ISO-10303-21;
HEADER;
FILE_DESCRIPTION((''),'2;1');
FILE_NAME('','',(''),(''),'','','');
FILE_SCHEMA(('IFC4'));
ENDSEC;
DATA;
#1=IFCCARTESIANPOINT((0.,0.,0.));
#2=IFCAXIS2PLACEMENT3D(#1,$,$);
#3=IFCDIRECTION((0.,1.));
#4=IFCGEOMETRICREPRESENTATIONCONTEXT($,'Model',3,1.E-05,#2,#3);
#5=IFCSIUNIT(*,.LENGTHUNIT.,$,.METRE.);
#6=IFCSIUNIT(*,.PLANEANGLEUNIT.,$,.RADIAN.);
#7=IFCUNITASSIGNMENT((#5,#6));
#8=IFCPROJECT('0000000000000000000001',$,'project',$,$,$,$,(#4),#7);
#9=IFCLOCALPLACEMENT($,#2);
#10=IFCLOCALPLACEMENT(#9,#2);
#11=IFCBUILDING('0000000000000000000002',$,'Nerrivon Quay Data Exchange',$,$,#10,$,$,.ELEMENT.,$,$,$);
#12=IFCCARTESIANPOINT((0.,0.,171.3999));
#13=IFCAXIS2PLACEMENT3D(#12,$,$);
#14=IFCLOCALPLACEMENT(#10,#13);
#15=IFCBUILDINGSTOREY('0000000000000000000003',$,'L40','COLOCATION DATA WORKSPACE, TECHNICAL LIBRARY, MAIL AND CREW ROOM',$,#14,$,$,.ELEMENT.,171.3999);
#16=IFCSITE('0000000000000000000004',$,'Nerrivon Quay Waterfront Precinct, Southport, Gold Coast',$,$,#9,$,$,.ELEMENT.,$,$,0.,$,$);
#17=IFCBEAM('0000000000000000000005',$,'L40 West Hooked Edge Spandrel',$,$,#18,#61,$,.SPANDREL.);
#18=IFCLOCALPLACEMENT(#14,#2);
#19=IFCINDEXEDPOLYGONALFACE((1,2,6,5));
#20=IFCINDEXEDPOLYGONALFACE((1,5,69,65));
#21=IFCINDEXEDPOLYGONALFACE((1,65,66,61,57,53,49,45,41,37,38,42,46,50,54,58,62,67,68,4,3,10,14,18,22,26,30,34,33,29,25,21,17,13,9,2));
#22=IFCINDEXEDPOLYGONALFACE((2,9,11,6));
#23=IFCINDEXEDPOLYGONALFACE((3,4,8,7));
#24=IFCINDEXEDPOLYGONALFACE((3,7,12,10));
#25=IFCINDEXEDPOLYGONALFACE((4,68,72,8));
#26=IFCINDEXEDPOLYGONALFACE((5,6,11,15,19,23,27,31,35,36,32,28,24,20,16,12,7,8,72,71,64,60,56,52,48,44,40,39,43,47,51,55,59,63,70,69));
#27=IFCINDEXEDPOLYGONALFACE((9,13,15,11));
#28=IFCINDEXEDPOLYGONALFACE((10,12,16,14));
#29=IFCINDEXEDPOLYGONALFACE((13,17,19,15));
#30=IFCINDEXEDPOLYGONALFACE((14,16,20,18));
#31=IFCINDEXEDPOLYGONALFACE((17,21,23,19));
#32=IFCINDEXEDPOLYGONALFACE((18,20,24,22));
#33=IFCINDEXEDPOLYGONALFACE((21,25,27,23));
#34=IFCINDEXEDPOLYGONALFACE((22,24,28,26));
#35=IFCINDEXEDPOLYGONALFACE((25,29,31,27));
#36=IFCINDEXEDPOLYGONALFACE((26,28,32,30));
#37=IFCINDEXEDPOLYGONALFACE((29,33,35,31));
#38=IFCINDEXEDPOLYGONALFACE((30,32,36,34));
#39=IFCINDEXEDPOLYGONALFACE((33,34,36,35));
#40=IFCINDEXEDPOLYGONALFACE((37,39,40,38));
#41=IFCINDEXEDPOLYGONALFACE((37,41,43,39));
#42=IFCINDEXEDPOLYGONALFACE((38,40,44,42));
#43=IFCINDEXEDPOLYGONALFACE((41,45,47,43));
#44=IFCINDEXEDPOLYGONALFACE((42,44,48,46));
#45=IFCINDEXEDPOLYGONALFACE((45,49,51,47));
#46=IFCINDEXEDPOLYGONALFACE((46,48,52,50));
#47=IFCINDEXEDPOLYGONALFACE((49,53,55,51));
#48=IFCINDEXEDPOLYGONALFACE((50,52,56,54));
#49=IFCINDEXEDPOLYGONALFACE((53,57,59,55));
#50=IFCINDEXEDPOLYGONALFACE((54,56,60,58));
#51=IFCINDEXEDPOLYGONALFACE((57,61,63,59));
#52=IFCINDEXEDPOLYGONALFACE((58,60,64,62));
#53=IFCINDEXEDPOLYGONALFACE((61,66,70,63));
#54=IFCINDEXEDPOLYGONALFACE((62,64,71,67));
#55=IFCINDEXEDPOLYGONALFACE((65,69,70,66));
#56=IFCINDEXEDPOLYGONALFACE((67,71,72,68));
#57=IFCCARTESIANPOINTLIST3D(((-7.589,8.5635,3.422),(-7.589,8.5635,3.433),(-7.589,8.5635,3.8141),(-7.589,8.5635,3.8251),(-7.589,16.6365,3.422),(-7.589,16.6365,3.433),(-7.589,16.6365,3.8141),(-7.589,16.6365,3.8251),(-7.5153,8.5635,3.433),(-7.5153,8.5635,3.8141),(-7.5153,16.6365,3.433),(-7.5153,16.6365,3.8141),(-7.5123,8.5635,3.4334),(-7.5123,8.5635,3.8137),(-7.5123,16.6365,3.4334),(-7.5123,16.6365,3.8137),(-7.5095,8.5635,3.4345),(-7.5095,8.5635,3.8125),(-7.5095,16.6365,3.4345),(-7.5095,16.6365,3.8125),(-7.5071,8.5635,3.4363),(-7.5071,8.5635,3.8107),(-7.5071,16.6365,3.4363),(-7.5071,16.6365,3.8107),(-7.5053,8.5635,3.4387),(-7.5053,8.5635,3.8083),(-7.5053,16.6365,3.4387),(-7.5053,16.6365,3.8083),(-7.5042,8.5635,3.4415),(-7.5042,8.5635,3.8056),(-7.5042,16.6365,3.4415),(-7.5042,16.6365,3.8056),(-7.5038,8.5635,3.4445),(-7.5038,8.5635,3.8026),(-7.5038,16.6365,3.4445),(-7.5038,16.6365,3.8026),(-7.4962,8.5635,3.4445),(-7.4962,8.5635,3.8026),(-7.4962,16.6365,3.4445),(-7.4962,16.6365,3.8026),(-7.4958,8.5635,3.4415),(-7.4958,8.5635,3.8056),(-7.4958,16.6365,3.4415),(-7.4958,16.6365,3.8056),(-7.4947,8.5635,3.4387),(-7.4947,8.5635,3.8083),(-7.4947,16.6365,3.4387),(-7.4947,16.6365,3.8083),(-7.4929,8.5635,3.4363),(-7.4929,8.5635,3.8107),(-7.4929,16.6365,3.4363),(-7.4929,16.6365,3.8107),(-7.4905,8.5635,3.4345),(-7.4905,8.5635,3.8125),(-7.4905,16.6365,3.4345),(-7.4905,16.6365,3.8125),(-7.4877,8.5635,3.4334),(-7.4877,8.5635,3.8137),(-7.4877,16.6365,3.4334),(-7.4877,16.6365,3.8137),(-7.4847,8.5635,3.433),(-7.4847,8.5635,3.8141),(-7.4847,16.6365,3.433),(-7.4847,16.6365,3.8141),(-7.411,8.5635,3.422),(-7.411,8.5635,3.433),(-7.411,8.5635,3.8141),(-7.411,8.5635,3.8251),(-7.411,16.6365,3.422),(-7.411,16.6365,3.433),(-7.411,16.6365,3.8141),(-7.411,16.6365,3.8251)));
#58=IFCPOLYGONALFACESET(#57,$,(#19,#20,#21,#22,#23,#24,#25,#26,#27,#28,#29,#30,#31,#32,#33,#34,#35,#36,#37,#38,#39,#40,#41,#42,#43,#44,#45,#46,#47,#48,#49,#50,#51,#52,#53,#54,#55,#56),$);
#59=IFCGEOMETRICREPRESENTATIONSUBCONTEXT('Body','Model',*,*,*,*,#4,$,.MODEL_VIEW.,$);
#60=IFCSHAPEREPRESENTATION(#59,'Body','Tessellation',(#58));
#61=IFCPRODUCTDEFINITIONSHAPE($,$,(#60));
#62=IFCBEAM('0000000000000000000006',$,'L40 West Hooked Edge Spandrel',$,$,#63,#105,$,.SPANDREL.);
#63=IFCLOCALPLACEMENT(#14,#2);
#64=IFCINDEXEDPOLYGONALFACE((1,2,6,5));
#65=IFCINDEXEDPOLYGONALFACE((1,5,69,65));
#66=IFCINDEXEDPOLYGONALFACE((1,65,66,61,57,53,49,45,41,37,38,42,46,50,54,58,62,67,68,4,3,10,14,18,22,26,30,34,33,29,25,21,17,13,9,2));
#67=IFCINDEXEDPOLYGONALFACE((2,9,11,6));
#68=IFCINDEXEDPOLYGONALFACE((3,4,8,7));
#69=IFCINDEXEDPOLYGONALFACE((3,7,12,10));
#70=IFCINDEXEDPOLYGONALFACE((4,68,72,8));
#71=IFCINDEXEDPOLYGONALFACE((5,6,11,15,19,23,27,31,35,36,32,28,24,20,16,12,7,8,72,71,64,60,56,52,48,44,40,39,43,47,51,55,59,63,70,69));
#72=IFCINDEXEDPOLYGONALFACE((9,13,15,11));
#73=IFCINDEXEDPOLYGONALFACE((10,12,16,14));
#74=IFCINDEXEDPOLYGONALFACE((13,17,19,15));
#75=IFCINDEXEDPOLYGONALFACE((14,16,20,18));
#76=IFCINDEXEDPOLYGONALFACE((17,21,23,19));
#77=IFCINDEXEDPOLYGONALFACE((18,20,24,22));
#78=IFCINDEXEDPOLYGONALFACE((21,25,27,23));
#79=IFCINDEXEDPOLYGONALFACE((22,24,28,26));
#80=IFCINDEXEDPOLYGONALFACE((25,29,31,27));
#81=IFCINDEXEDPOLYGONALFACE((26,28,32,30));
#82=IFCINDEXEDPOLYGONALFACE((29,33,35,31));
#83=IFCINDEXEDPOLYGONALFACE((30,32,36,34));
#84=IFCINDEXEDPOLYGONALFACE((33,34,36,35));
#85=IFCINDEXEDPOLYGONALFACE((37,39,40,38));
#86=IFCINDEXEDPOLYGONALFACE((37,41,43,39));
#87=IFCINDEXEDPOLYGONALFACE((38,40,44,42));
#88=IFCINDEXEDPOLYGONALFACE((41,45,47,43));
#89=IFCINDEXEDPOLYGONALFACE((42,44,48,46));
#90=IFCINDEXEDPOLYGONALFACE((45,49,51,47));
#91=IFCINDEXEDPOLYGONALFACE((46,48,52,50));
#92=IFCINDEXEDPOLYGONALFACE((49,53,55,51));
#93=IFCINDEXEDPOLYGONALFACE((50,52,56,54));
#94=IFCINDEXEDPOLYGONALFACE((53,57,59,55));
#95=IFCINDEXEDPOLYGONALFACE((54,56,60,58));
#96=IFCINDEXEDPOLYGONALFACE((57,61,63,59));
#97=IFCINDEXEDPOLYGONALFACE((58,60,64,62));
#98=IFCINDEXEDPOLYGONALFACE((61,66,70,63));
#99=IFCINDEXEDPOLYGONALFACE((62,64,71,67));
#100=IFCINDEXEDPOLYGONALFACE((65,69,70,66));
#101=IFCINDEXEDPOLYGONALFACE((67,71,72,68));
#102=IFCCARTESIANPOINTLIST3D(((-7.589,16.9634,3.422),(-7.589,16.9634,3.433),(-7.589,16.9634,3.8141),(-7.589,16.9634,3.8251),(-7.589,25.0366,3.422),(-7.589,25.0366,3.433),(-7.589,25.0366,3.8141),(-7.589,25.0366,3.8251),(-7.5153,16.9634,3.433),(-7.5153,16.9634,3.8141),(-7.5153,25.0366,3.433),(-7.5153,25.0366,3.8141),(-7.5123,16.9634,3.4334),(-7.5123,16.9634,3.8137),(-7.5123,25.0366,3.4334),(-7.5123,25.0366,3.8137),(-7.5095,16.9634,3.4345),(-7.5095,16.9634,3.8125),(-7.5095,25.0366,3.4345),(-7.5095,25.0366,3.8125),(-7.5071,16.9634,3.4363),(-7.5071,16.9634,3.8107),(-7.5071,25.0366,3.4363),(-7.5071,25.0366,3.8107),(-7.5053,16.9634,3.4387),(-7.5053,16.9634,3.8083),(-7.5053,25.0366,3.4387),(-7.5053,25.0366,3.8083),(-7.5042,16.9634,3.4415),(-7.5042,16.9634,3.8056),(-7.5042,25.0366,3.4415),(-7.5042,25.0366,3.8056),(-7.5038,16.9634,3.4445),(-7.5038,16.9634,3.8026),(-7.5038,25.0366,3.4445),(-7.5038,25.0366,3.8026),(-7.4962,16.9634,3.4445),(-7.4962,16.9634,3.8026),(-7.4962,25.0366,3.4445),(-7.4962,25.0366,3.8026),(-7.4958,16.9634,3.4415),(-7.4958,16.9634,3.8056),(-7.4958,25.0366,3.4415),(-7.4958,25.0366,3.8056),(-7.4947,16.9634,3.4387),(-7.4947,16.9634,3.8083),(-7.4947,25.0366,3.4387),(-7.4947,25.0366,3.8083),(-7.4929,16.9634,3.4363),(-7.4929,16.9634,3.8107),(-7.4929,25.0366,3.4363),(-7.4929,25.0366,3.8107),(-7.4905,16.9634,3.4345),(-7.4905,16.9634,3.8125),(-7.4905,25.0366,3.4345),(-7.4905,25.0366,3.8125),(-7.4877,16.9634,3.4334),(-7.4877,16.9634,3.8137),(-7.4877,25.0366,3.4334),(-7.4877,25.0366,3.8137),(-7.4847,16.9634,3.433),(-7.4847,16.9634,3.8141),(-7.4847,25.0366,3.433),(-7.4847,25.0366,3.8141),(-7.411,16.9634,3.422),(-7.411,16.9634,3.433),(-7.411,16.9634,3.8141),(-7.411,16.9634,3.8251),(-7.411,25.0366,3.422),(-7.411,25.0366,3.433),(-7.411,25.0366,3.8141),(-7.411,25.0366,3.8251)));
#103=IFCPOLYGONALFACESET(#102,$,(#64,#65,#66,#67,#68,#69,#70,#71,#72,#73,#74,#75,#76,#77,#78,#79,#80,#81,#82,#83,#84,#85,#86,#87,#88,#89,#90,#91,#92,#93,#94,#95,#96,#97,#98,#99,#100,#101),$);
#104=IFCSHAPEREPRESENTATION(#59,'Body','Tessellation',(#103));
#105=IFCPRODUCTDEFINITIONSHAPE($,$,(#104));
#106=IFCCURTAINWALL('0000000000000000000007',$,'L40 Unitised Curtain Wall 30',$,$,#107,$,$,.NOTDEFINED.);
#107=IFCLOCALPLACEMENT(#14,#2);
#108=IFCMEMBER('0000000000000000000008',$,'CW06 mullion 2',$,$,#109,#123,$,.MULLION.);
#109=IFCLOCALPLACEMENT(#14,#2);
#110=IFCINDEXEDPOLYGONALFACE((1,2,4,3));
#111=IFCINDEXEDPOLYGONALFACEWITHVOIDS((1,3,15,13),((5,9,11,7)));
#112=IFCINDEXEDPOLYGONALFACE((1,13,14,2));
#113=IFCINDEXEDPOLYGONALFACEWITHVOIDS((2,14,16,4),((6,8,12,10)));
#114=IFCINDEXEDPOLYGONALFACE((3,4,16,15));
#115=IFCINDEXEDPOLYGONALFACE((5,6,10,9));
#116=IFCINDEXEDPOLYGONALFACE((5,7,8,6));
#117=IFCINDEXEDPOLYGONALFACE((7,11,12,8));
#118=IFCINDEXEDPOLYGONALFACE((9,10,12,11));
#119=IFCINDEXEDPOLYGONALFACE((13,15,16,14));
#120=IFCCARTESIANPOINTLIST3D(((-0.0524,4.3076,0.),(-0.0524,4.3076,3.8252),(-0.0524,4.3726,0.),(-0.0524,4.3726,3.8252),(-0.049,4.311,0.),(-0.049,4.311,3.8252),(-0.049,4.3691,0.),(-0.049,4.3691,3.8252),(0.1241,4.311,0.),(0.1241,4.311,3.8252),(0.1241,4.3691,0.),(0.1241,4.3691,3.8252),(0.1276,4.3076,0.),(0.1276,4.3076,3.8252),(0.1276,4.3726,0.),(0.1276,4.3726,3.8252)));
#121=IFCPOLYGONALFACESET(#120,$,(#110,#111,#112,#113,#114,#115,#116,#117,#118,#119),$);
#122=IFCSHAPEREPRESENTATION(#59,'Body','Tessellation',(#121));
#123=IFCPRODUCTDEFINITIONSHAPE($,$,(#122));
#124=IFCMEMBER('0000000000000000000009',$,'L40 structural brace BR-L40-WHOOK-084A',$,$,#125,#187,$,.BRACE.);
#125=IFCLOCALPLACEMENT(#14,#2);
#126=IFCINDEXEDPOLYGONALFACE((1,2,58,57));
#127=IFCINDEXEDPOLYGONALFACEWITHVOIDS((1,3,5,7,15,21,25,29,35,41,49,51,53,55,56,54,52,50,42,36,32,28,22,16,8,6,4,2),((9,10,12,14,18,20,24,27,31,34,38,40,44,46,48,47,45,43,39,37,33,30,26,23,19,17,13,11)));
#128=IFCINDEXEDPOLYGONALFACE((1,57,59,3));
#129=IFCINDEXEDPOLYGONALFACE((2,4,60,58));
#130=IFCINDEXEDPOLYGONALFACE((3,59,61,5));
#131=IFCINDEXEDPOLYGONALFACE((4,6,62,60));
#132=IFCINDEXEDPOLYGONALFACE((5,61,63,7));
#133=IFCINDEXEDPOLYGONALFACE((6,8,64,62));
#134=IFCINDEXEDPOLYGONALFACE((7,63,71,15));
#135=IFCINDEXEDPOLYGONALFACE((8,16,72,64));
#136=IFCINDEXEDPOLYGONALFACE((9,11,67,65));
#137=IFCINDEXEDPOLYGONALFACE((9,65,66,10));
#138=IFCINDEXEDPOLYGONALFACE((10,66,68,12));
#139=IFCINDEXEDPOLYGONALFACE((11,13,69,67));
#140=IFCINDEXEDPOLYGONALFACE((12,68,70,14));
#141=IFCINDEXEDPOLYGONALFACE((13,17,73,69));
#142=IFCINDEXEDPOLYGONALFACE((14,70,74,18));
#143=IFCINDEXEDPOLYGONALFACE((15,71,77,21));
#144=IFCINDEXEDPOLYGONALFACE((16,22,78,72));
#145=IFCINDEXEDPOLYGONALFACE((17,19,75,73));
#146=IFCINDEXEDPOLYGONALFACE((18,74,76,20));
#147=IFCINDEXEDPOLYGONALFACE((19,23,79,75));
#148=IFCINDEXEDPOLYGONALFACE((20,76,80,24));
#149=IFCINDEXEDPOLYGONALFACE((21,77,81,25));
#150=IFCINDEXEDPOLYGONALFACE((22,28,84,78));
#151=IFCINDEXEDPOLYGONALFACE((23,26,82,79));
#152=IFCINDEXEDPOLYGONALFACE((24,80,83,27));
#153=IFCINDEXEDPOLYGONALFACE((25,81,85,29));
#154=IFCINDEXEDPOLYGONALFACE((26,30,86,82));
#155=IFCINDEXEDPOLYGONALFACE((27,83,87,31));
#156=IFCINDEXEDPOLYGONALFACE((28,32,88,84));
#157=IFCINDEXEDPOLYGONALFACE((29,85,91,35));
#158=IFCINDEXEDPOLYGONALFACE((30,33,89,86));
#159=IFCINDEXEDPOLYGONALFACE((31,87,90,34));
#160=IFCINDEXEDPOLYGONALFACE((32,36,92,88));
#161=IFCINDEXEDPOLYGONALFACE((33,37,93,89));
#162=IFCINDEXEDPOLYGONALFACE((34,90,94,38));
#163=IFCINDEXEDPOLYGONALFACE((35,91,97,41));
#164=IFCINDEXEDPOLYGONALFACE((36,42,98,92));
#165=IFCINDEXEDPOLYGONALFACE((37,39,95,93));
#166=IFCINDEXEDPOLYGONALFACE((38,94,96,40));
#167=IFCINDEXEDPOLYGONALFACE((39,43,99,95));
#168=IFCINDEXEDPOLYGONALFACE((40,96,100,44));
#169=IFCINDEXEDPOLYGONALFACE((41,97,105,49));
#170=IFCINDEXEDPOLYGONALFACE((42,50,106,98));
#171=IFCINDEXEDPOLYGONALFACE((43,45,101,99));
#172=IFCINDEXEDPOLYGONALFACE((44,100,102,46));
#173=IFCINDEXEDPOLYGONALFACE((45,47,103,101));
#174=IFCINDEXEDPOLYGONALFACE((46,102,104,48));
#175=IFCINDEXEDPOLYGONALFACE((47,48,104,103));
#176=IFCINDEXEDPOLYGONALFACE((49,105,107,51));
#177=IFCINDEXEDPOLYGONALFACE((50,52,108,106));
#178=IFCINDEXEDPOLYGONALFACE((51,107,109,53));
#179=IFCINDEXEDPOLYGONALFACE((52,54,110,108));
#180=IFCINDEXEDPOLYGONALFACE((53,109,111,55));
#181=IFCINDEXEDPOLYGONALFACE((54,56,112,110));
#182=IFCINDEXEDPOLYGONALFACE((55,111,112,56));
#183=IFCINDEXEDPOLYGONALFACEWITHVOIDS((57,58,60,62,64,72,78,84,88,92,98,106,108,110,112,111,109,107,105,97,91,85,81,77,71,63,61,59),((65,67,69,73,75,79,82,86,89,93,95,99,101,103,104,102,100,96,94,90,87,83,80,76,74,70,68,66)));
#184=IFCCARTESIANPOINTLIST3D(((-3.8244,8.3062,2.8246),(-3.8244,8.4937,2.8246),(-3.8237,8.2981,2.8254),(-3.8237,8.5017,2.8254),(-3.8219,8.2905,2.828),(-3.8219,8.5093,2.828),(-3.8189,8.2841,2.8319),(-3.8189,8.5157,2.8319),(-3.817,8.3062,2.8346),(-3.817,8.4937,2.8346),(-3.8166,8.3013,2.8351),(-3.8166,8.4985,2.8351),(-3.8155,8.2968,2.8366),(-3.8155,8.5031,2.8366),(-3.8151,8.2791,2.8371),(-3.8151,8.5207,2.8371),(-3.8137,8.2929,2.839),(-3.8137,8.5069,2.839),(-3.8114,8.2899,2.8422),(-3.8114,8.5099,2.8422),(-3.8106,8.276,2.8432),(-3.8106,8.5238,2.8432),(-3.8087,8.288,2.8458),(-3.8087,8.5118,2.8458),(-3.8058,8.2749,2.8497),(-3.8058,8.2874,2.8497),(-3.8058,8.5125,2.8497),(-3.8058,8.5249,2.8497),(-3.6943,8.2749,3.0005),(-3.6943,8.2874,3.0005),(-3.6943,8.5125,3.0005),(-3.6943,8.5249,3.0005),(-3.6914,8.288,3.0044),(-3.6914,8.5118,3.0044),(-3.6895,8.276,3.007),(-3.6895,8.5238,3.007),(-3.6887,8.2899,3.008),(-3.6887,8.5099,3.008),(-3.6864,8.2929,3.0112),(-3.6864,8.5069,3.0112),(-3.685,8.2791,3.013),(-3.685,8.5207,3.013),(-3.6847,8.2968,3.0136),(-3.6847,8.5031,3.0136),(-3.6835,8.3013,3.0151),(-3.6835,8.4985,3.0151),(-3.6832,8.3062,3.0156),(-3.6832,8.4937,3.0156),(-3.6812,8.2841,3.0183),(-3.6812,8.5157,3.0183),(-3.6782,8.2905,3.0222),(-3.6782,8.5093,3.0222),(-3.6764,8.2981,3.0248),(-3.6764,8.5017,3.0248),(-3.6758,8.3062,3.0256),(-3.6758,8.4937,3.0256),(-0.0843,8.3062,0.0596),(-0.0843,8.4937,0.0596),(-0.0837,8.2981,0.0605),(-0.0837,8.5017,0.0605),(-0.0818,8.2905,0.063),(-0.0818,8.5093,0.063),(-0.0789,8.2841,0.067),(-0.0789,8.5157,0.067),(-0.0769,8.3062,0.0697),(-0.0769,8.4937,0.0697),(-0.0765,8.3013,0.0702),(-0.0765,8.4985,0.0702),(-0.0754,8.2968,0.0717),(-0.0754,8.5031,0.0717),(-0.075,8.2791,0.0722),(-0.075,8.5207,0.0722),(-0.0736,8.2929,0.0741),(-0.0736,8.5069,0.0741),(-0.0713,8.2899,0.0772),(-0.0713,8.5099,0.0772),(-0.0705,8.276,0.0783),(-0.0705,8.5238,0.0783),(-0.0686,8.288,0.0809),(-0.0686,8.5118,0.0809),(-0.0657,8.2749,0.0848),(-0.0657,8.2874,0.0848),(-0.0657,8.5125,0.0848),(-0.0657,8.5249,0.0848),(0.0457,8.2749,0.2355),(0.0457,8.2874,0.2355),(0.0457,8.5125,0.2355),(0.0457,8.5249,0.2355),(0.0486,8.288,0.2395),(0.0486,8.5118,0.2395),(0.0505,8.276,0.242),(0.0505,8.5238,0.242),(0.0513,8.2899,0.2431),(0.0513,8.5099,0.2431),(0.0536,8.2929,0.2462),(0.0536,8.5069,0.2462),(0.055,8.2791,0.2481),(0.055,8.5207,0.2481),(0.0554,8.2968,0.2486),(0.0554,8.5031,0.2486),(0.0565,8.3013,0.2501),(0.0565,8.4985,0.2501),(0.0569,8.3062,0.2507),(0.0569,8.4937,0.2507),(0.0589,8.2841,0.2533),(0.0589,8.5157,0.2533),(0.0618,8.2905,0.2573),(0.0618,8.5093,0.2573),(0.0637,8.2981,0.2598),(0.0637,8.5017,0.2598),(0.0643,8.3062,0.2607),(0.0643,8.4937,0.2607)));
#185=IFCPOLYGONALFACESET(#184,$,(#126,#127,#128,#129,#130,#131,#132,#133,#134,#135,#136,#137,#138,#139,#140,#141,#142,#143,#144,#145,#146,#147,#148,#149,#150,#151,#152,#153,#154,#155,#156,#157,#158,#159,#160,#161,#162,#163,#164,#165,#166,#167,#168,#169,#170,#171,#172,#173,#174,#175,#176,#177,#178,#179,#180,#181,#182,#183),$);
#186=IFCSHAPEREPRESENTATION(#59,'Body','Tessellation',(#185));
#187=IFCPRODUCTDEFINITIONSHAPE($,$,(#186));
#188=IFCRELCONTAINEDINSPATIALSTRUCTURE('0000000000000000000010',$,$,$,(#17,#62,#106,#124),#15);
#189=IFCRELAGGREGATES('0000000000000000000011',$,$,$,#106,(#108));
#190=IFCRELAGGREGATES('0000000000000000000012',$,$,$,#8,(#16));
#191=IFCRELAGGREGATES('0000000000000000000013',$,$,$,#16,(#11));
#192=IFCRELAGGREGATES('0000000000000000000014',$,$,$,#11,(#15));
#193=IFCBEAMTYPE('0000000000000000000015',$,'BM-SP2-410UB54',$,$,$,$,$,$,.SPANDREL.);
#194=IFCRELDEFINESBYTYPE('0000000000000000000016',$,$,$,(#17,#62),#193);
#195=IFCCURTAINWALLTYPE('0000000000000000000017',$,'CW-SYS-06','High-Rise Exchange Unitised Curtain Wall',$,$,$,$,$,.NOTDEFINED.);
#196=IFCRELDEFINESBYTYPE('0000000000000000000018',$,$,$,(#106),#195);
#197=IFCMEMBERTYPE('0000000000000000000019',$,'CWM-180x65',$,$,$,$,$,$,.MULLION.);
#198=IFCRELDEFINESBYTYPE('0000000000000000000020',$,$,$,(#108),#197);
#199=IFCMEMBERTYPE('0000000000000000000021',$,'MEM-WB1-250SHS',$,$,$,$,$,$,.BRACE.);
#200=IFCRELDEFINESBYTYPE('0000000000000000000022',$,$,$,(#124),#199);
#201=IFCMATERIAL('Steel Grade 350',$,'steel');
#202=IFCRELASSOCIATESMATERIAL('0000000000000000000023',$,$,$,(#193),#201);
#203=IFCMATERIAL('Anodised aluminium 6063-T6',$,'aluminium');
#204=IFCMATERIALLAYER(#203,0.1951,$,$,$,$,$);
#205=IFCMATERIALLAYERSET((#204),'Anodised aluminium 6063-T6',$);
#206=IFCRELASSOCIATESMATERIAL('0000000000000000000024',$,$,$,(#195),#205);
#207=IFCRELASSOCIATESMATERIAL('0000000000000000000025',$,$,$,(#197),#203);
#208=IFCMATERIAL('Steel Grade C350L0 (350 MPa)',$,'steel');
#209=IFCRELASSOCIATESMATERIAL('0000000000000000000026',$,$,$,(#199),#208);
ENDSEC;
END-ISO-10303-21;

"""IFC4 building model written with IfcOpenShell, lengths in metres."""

from ifc_helpers import new_model, si_unit, direction, frame, origin, origin_2d, place, context, subcontext, project, spatial, hollow_rectangle, i_section, extrude, material, layer, layer_set, material_profile, profile_set, type_object, element, aggregate, save


model = new_model("IFC4")

# Units and contexts
model_context = context("Model", 3, precision=1e-05, world=origin(), true_north=direction((0.0, 1.0)))
body_context = subcontext(model_context, "Body", "Model", "MODEL_VIEW")
ifc_project = project(units=[si_unit("LENGTHUNIT", "METRE"), si_unit("PLANEANGLEUNIT", "RADIAN")], contexts=[model_context])

# Site, building, storey
site_placement = place(None, origin())
site = spatial("IfcSite", under=ifc_project, at=site_placement, Name="Nerrivon Quay Waterfront Precinct, Southport, Gold Coast", CompositionType="ELEMENT", RefElevation=0.0)
building_placement = place(site_placement, origin())
building = spatial("IfcBuilding", under=site, at=building_placement, Name="Nerrivon Quay Data Exchange", CompositionType="ELEMENT")
storey_placement = place(building_placement, frame((0.0, 0.0, 171.3999)))
storey = spatial("IfcBuildingStorey", under=building, at=storey_placement, Name="L40", Description="COLOCATION DATA WORKSPACE, TECHNICAL LIBRARY, MAIL AND CREW ROOM", CompositionType="ELEMENT", Elevation=171.3999)

# Shared definitions
ifc_material_1 = material(Name="Steel Grade 350", Category="steel")

# Beams
ifc_material_profile_1 = material_profile(ifc_material_1, i_section(OverallWidth=0.178, OverallDepth=0.4031, WebThickness=0.0076, FlangeThickness=0.011, FilletRadius=0.0115, at=origin_2d()), Name="410UB53.7")
ifc_profile_set_1 = profile_set([ifc_material_profile_1], Name="Steel Grade 350")
beam_type_1 = type_object("IfcBeamType", Name="BM-SP2-410UB54", PredefinedType="SPANDREL", material=ifc_profile_set_1)
beam_1_placement = place(storey_placement, frame((-7.5, 8.5635, 3.6235), z_axis=(0.0, 1.0, 0.0), x_axis=(-1.0, 0.0, 0.0)))
element("IfcBeam", 1, at=beam_1_placement, inside=storey, type_object=beam_type_1, Name="L40 West Hooked Edge Spandrel", PredefinedType="SPANDREL", context=body_context, shape_type="SweptSolid", body=[
    extrude(i_section(OverallWidth=0.178, OverallDepth=0.4031, WebThickness=0.0076, FlangeThickness=0.011, FilletRadius=0.0115, at=origin_2d()), origin(), (0.0, 0.0, 1.0), 8.073),
])
beam_2_placement = place(storey_placement, frame((-7.5, 16.9634, 3.6235), z_axis=(0.0, 1.0, 0.0), x_axis=(-1.0, 0.0, 0.0)))
element("IfcBeam", 2, at=beam_2_placement, inside=storey, type_object=beam_type_1, Name="L40 West Hooked Edge Spandrel", PredefinedType="SPANDREL", context=body_context, shape_type="SweptSolid", body=[
    extrude(i_section(OverallWidth=0.178, OverallDepth=0.4031, WebThickness=0.0076, FlangeThickness=0.011, FilletRadius=0.0115, at=origin_2d()), origin(), (0.0, 0.0, 1.0), 8.0732),
])

# Curtain wall, member
ifc_material_2 = material(Name="Anodised aluminium 6063-T6", Category="aluminium")
ifc_layer_1 = layer(ifc_material_2, 0.1951)
ifc_layer_set_1 = layer_set([ifc_layer_1], Name="Anodised aluminium 6063-T6")
curtain_wall_type = type_object("IfcCurtainWallType", Name="CW-SYS-06", Description="High-Rise Exchange Unitised Curtain Wall", PredefinedType="NOTDEFINED", material=ifc_layer_set_1)
curtain_wall_placement = place(storey_placement, origin())
curtain_wall = element("IfcCurtainWall", 3, at=curtain_wall_placement, inside=storey, type_object=curtain_wall_type, Name="L40 Unitised Curtain Wall 30", PredefinedType="NOTDEFINED")
ifc_material_profile_2 = material_profile(ifc_material_2, hollow_rectangle(XDim=0.0649, YDim=0.1799, WallThickness=0.0034, at=origin_2d()), Name="ALU-MULL-180x65")
ifc_profile_set_2 = profile_set([ifc_material_profile_2], Name="Anodised aluminium 6063-T6")
member_type_1 = type_object("IfcMemberType", Name="CWM-180x65", PredefinedType="MULLION", material=ifc_profile_set_2)
member_1_placement = place(storey_placement, frame((0.0376, 4.3401, 0.0), z_axis=(0.0, 0.0, 1.0), x_axis=(0.0, -1.0, 0.0)))
member_1 = element("IfcMember", 4, at=member_1_placement, type_object=member_type_1, Name="CW06 mullion 2", PredefinedType="MULLION", context=body_context, shape_type="SweptSolid", body=[
    extrude(hollow_rectangle(XDim=0.0649, YDim=0.1799, WallThickness=0.0034, at=origin_2d()), origin(), (0.0, 0.0, 1.0), 3.8252),
])
aggregate(curtain_wall, [member_1])

# Member
ifc_material_3 = material(Name="Steel Grade C350L0 (350 MPa)", Category="steel")
ifc_material_profile_3 = material_profile(ifc_material_3, hollow_rectangle(XDim=0.25, YDim=0.25, WallThickness=0.0125, InnerFilletRadius=0.0188, OuterFilletRadius=0.0312, at=origin_2d()), Name="250x250x12.5SHS")
ifc_profile_set_3 = profile_set([ifc_material_profile_3], Name="Steel Grade C350L0 (350 MPa)")
member_type_2 = type_object("IfcMemberType", Name="MEM-WB1-250SHS", PredefinedType="BRACE", material=ifc_profile_set_3)
member_2_placement = place(storey_placement, frame((-0.01, 8.3999, 0.1602), z_axis=(-0.804119, 0.0, 0.594468), x_axis=(0.0, -1.0, 0.0)))
element("IfcMember", 5, at=member_2_placement, inside=storey, type_object=member_type_2, Name="L40 structural brace BR-L40-WHOOK-084A", PredefinedType="BRACE", context=body_context, shape_type="SweptSolid", body=[
    extrude(hollow_rectangle(XDim=0.25, YDim=0.25, WallThickness=0.0125, InnerFilletRadius=0.0188, OuterFilletRadius=0.0312, at=origin_2d()), origin(), (0.0, 0.0, 1.0), 4.6511),
])

save(model, "model.ifc")
